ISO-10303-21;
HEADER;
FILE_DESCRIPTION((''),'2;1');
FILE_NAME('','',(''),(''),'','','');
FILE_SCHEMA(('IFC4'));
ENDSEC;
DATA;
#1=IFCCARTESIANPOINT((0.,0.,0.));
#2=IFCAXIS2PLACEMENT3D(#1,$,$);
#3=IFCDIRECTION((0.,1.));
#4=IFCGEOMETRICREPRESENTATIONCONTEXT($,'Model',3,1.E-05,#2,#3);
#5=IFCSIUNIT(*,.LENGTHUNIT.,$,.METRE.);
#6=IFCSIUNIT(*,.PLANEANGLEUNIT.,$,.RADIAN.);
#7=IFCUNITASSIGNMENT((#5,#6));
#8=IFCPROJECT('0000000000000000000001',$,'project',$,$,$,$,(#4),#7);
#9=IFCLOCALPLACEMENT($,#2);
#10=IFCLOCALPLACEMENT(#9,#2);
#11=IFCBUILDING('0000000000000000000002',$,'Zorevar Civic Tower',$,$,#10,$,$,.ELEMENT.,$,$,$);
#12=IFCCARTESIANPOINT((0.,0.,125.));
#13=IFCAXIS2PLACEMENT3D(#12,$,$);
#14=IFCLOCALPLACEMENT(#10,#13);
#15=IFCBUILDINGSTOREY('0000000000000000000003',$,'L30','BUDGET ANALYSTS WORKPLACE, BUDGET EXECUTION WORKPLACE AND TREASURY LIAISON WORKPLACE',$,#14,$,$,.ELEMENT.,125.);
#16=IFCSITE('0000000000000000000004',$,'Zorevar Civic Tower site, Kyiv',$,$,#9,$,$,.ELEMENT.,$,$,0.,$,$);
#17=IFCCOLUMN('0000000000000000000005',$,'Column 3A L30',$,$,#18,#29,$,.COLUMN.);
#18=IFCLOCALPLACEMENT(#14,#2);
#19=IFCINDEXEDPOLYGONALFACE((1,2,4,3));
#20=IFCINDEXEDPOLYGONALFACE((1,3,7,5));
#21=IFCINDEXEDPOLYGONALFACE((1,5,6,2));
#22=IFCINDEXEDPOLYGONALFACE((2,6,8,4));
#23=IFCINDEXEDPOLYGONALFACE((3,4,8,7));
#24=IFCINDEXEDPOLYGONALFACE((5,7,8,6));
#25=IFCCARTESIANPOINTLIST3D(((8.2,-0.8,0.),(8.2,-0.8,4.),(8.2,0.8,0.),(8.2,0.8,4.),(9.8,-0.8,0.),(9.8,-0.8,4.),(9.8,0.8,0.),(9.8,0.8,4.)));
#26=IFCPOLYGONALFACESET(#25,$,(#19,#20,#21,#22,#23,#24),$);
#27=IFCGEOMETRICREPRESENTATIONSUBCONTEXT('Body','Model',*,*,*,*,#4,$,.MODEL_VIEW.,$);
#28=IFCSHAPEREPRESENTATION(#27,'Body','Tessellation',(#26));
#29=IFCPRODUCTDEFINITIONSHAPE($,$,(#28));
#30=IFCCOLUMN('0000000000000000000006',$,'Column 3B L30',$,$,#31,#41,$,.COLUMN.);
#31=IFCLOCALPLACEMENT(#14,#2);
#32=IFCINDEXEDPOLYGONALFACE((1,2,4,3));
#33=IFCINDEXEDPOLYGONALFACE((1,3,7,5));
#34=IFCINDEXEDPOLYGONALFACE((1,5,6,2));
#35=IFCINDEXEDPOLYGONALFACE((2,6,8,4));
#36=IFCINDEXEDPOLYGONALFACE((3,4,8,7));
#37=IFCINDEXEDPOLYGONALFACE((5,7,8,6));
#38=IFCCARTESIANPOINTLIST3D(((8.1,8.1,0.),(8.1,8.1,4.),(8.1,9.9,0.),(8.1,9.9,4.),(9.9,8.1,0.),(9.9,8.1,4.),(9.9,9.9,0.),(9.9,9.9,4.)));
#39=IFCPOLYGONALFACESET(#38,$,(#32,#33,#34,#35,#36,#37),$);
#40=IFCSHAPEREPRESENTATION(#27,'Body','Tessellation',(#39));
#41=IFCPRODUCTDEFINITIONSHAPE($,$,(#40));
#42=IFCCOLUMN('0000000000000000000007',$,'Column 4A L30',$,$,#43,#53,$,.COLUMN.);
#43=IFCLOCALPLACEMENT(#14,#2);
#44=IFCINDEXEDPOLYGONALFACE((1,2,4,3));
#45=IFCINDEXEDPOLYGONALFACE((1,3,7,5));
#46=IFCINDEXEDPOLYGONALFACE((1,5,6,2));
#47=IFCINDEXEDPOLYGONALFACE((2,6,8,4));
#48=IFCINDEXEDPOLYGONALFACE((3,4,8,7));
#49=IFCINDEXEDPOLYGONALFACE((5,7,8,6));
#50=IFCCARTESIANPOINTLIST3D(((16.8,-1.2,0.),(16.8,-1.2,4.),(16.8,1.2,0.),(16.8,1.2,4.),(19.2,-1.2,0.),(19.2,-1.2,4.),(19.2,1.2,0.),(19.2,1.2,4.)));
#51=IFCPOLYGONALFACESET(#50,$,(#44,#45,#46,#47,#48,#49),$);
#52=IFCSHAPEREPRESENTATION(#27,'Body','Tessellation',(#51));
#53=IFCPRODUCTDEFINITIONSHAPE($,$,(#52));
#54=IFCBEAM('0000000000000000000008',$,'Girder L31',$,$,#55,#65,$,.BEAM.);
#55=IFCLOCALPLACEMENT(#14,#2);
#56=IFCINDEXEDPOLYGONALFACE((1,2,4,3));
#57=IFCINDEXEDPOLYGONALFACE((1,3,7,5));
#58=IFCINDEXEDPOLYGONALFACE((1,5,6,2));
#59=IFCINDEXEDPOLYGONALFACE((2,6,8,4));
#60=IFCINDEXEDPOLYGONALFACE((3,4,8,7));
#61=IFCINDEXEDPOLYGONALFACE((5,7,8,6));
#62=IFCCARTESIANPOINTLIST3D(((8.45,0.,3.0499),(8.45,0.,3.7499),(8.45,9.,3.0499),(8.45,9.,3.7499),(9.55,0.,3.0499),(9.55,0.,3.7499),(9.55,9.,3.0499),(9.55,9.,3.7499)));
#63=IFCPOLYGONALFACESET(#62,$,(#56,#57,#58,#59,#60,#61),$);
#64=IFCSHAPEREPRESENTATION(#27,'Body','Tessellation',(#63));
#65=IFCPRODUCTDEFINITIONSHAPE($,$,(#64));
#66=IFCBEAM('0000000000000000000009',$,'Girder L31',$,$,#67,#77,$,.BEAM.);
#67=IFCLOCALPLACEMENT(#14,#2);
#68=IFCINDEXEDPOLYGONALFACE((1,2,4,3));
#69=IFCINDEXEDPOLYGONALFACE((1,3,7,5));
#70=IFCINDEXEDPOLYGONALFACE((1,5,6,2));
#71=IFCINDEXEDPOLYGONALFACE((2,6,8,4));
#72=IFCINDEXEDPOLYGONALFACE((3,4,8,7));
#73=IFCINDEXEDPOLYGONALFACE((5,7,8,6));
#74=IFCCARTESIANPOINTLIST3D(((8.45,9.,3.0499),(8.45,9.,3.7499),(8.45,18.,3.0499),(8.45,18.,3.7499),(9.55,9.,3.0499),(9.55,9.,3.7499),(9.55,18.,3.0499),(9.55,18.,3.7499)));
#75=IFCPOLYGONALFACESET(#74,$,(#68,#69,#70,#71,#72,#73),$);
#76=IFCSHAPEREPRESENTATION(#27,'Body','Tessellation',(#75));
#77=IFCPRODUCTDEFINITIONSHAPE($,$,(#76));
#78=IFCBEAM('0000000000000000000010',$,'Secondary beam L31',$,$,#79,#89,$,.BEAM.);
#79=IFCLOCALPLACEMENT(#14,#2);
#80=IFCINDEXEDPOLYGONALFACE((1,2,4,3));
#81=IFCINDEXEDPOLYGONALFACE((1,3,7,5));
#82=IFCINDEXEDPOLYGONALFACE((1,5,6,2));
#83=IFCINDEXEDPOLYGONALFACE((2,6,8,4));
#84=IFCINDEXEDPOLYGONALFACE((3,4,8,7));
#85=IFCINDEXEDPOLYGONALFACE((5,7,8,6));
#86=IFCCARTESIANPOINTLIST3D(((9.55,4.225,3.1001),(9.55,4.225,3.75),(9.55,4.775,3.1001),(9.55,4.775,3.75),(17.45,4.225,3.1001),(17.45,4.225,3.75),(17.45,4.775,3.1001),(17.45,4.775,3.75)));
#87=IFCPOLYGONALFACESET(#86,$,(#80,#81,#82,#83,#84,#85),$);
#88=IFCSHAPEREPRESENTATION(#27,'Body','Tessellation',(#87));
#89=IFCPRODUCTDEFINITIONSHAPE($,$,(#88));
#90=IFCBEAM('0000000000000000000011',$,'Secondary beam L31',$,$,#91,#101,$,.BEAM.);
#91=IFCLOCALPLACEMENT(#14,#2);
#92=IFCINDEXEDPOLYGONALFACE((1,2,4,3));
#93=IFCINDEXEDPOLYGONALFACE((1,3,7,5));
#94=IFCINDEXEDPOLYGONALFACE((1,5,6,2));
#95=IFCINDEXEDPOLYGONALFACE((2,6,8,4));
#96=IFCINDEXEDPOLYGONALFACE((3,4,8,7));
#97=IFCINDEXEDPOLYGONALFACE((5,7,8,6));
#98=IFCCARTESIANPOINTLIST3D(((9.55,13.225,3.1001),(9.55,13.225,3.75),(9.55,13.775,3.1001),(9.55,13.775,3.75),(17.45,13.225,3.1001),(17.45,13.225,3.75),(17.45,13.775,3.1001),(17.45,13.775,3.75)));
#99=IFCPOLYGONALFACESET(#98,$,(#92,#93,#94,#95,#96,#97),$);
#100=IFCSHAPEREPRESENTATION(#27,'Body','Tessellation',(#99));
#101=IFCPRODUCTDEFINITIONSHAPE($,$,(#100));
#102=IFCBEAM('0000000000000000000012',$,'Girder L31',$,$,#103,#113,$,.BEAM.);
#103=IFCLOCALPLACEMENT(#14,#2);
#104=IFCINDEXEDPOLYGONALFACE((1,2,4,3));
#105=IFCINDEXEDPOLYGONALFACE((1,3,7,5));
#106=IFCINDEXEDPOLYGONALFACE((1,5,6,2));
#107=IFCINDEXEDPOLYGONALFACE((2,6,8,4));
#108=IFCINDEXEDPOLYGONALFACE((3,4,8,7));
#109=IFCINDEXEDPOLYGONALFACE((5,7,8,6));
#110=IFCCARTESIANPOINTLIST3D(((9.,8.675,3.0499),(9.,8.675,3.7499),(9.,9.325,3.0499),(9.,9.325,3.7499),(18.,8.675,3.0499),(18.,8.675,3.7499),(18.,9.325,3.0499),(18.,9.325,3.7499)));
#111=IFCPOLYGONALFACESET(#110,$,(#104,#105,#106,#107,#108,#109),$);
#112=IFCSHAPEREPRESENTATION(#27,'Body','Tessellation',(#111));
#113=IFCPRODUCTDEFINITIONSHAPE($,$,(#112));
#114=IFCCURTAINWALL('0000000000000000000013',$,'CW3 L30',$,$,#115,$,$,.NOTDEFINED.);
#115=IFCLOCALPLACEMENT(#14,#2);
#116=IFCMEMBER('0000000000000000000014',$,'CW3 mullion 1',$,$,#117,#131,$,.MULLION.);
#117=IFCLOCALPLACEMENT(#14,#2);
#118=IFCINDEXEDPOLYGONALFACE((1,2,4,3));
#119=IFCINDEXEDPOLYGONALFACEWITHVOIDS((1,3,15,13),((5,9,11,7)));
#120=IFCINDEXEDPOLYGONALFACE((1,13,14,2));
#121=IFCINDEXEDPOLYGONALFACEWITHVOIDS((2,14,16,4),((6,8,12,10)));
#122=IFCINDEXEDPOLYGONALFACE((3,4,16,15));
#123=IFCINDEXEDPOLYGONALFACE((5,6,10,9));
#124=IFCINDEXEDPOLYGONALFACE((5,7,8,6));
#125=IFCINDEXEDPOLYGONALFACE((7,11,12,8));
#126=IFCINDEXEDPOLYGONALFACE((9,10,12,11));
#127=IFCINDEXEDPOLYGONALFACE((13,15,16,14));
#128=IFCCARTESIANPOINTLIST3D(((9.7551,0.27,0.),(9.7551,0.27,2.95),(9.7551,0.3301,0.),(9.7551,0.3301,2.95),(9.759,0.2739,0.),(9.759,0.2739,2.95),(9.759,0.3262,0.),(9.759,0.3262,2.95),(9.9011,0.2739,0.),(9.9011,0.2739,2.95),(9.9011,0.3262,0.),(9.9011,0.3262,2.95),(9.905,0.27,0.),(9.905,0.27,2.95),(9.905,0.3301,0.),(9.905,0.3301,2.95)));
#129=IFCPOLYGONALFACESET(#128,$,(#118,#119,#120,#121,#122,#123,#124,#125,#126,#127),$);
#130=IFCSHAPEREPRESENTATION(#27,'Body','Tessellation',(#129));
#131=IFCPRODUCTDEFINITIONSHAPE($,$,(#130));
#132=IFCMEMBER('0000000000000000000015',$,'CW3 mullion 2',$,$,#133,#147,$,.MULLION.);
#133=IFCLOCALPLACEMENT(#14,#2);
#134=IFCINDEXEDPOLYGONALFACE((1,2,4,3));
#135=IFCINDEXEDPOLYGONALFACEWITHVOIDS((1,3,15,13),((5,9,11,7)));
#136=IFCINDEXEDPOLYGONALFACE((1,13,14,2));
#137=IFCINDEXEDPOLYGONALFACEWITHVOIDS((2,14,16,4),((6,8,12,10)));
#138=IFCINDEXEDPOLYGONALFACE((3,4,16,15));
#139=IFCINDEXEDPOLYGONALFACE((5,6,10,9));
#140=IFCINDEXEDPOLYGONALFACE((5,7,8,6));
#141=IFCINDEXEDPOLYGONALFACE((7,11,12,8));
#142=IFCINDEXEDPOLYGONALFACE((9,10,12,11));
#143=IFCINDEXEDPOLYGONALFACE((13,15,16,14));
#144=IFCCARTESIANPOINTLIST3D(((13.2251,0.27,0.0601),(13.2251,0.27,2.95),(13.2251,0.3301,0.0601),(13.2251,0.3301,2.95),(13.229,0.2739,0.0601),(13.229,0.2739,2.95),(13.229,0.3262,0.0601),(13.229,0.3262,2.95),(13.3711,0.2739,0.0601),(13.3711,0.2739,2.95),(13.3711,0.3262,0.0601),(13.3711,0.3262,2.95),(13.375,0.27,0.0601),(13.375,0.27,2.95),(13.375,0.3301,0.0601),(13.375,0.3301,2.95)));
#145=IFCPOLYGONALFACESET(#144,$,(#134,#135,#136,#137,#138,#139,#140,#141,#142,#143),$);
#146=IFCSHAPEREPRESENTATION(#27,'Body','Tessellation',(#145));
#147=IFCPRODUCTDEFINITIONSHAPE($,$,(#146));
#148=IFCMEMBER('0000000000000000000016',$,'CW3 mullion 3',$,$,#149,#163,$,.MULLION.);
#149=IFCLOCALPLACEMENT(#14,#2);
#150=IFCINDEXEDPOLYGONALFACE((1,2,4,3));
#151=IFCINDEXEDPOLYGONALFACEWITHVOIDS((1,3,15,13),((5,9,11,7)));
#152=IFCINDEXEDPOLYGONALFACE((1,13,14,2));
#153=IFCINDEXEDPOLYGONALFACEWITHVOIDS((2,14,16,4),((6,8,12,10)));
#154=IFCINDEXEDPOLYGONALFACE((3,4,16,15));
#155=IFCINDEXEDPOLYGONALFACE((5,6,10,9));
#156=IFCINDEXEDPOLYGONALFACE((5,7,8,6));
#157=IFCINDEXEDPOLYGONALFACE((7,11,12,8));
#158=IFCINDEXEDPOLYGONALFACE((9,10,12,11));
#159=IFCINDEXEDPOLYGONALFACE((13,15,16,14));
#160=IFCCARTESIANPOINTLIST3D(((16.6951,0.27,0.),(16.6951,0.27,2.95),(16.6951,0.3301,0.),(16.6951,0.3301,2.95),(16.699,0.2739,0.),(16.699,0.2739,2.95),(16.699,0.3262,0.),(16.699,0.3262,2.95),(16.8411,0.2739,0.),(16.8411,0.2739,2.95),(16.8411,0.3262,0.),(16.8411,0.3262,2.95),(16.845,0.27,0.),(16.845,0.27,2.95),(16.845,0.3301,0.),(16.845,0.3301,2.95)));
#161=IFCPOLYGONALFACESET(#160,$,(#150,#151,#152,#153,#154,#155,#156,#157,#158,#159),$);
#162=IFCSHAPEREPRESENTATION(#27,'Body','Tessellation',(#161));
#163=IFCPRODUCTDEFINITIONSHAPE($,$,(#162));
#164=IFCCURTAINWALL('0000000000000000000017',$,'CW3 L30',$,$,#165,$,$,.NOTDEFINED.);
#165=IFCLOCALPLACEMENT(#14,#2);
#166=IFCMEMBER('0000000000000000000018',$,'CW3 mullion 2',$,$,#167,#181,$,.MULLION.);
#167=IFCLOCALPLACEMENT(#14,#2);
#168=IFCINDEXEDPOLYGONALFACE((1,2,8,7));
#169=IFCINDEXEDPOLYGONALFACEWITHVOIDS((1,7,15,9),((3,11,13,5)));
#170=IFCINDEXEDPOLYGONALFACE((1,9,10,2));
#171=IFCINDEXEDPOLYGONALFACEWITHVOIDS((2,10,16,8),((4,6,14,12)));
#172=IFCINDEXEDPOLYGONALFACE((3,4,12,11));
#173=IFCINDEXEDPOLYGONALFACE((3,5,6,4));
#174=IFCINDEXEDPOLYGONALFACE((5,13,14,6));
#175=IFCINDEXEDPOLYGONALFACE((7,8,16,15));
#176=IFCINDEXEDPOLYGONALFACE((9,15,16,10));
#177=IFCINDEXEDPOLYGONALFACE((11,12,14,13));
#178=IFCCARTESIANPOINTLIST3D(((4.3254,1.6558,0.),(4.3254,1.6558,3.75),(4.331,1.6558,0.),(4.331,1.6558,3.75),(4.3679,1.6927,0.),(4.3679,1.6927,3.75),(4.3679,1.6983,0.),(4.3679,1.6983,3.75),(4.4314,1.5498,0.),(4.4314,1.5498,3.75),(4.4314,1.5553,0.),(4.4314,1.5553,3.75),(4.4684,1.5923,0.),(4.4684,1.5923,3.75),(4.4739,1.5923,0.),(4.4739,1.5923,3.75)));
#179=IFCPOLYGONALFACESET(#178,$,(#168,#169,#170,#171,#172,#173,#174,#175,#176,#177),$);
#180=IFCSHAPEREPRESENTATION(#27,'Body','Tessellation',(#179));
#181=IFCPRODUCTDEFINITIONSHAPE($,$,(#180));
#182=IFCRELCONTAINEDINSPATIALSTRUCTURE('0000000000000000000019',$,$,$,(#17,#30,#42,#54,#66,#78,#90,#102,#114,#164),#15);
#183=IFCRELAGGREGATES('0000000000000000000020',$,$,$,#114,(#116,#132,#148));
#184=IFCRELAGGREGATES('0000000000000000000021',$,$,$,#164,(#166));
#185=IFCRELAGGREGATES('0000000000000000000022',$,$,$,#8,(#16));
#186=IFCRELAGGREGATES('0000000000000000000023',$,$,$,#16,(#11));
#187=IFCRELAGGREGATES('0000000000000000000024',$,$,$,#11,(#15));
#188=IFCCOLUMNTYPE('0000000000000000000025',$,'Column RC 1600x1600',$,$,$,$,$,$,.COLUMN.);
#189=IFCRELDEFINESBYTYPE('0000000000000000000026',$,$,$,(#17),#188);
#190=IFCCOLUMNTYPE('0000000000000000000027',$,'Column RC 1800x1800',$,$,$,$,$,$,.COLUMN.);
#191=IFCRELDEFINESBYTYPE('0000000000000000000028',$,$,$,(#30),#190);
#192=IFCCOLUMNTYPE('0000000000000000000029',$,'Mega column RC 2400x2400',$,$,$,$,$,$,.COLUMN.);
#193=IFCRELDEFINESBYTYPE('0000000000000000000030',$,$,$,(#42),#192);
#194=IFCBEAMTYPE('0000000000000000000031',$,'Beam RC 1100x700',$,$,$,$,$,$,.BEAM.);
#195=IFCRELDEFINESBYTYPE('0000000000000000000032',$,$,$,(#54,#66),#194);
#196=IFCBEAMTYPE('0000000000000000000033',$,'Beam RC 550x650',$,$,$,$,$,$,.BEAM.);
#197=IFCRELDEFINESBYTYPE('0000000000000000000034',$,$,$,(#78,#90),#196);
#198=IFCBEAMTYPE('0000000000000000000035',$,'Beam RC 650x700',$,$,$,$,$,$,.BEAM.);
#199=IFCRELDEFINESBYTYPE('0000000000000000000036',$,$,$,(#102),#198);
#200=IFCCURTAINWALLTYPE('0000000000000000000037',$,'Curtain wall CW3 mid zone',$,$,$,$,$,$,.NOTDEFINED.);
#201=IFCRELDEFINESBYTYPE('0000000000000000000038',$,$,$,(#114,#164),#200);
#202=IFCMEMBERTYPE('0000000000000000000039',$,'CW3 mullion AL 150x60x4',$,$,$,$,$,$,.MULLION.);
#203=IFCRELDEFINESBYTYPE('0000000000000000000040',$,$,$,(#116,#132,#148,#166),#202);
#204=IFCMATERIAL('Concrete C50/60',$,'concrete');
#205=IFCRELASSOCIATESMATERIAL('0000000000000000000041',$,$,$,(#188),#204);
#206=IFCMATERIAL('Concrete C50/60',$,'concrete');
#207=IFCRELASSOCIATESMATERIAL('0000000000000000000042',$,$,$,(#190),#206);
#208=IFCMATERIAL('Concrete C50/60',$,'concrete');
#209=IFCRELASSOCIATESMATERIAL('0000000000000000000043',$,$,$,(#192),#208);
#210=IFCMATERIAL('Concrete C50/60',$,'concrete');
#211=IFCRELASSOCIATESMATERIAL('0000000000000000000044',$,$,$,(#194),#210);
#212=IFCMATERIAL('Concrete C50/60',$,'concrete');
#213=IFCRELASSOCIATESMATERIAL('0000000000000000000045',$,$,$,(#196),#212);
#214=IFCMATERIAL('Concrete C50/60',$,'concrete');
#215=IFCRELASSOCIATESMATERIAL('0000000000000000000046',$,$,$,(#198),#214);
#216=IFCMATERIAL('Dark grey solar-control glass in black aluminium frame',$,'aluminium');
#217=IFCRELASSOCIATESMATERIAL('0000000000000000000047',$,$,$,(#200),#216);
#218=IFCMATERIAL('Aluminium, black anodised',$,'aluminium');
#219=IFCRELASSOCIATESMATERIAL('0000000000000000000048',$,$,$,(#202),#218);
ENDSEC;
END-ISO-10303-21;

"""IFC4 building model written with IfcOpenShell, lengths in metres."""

from ifc_helpers import new_model, si_unit, direction, frame, origin, origin_2d, place, context, subcontext, project, spatial, rectangle, hollow_rectangle, extrude, material, material_profile, profile_set, type_object, element, aggregate, save


model = new_model("IFC4")

# Units and contexts
model_context = context("Model", 3, precision=1e-05, world=origin(), true_north=direction((0.0, 1.0)))
body_context = subcontext(model_context, "Body", "Model", "MODEL_VIEW")
ifc_project = project(units=[si_unit("LENGTHUNIT", "METRE"), si_unit("PLANEANGLEUNIT", "RADIAN")], contexts=[model_context])

# Site, building, storey
site_placement = place(None, origin())
site = spatial("IfcSite", under=ifc_project, at=site_placement, Name="Zorevar Civic Tower site, Kyiv", CompositionType="ELEMENT", RefElevation=0.0)
building_placement = place(site_placement, origin())
building = spatial("IfcBuilding", under=site, at=building_placement, Name="Zorevar Civic Tower", CompositionType="ELEMENT")
storey_placement = place(building_placement, frame((0.0, 0.0, 125.0)))
storey = spatial("IfcBuildingStorey", under=building, at=storey_placement, Name="L30", Description="BUDGET ANALYSTS WORKPLACE, BUDGET EXECUTION WORKPLACE AND TREASURY LIAISON WORKPLACE", CompositionType="ELEMENT", Elevation=125.0)

# Columns
ifc_material_1 = material(Name="Concrete C50/60", Category="concrete")
ifc_material_profile_1 = material_profile(ifc_material_1, rectangle(XDim=1.6001, YDim=1.6001, at=origin_2d()), Name="RC 1600x1600")
ifc_profile_set_1 = profile_set([ifc_material_profile_1], Name="Concrete C50/60")
column_type_1 = type_object("IfcColumnType", Name="Column RC 1600x1600", PredefinedType="COLUMN", material=ifc_profile_set_1)
column_1_placement = place(storey_placement, frame((9.0, 0.0, 0.0), z_axis=(0.0, 0.0, 1.0), x_axis=(1.0, 0.0, 0.0)))
element("IfcColumn", 1, at=column_1_placement, inside=storey, type_object=column_type_1, Name="Column 3A L30", PredefinedType="COLUMN", context=body_context, shape_type="SweptSolid", body=[
    extrude(rectangle(XDim=1.6001, YDim=1.6001, at=origin_2d()), origin(), (0.0, 0.0, 1.0), 4.0),
])
ifc_material_2 = material(Name="Concrete C50/60", Category="concrete")
ifc_material_profile_2 = material_profile(ifc_material_2, rectangle(XDim=1.8, YDim=1.8, at=origin_2d()), Name="RC 1800x1800")
ifc_profile_set_2 = profile_set([ifc_material_profile_2], Name="Concrete C50/60")
column_type_2 = type_object("IfcColumnType", Name="Column RC 1800x1800", PredefinedType="COLUMN", material=ifc_profile_set_2)
column_2_placement = place(storey_placement, frame((9.0, 9.0, 0.0), z_axis=(0.0, 0.0, 1.0), x_axis=(1.0, 0.0, 0.0)))
element("IfcColumn", 2, at=column_2_placement, inside=storey, type_object=column_type_2, Name="Column 3B L30", PredefinedType="COLUMN", context=body_context, shape_type="SweptSolid", body=[
    extrude(rectangle(XDim=1.8, YDim=1.8, at=origin_2d()), origin(), (0.0, 0.0, 1.0), 4.0),
])
ifc_material_3 = material(Name="Concrete C50/60", Category="concrete")
ifc_material_profile_3 = material_profile(ifc_material_3, rectangle(XDim=2.3999, YDim=2.3999, at=origin_2d()), Name="RC 2400x2400")
ifc_profile_set_3 = profile_set([ifc_material_profile_3], Name="Concrete C50/60")
column_type_3 = type_object("IfcColumnType", Name="Mega column RC 2400x2400", PredefinedType="COLUMN", material=ifc_profile_set_3)
column_3_placement = place(storey_placement, frame((18.0, 0.0, 0.0), z_axis=(0.0, 0.0, 1.0), x_axis=(1.0, 0.0, 0.0)))
element("IfcColumn", 3, at=column_3_placement, inside=storey, type_object=column_type_3, Name="Column 4A L30", PredefinedType="COLUMN", context=body_context, shape_type="SweptSolid", body=[
    extrude(rectangle(XDim=2.3999, YDim=2.3999, at=origin_2d()), origin(), (0.0, 0.0, 1.0), 4.0),
])

# Beams
ifc_material_4 = material(Name="Concrete C50/60", Category="concrete")
ifc_material_profile_4 = material_profile(ifc_material_4, rectangle(XDim=1.1001, YDim=0.7, at=origin_2d()), Name="RC 1100x700")
ifc_profile_set_4 = profile_set([ifc_material_profile_4], Name="Concrete C50/60")
beam_type_1 = type_object("IfcBeamType", Name="Beam RC 1100x700", PredefinedType="BEAM", material=ifc_profile_set_4)
for number, where, z_axis, x_axis, name in (
    (4, (9.0, 0.0, 3.3999), (0.0, 1.0, 0.0), (-1.0, 0.0, 0.0), "Girder L31"),
    (5, (9.0, 9.0, 3.3999), (0.0, 1.0, 0.0), (-1.0, 0.0, 0.0), "Girder L31"),
):
    element("IfcBeam", number, at=place(storey_placement, frame(where, z_axis=z_axis, x_axis=x_axis)), inside=storey, type_object=beam_type_1, Name=name, PredefinedType="BEAM", context=body_context, shape_type="SweptSolid", body=[
        extrude(rectangle(XDim=1.1001, YDim=0.7, at=origin_2d()), origin(), (0.0, 0.0, 1.0), 9.0),
    ])
ifc_material_5 = material(Name="Concrete C50/60", Category="concrete")
ifc_material_profile_5 = material_profile(ifc_material_5, rectangle(XDim=0.55, YDim=0.6499, at=origin_2d()), Name="RC 550x650")
ifc_profile_set_5 = profile_set([ifc_material_profile_5], Name="Concrete C50/60")
beam_type_2 = type_object("IfcBeamType", Name="Beam RC 550x650", PredefinedType="BEAM", material=ifc_profile_set_5)
for number, where, z_axis, x_axis, name in (
    (6, (9.55, 4.5, 3.425), (1.0, 0.0, 0.0), (0.0, 1.0, 0.0), "Secondary beam L31"),
    (7, (9.55, 13.5, 3.425), (1.0, 0.0, 0.0), (0.0, 1.0, 0.0), "Secondary beam L31"),
):
    element("IfcBeam", number, at=place(storey_placement, frame(where, z_axis=z_axis, x_axis=x_axis)), inside=storey, type_object=beam_type_2, Name=name, PredefinedType="BEAM", context=body_context, shape_type="SweptSolid", body=[
        extrude(rectangle(XDim=0.55, YDim=0.6499, at=origin_2d()), origin(), (0.0, 0.0, 1.0), 7.8999),
    ])
ifc_material_6 = material(Name="Concrete C50/60", Category="concrete")
ifc_material_profile_6 = material_profile(ifc_material_6, rectangle(XDim=0.6499, YDim=0.7, at=origin_2d()), Name="RC 650x700")
ifc_profile_set_6 = profile_set([ifc_material_profile_6], Name="Concrete C50/60")
beam_type_3 = type_object("IfcBeamType", Name="Beam RC 650x700", PredefinedType="BEAM", material=ifc_profile_set_6)
beam_1_placement = place(storey_placement, frame((9.0, 9.0, 3.3999), z_axis=(1.0, 0.0, 0.0), x_axis=(0.0, 1.0, 0.0)))
element("IfcBeam", 8, at=beam_1_placement, inside=storey, type_object=beam_type_3, Name="Girder L31", PredefinedType="BEAM", context=body_context, shape_type="SweptSolid", body=[
    extrude(rectangle(XDim=0.6499, YDim=0.7, at=origin_2d()), origin(), (0.0, 0.0, 1.0), 9.0),
])

# Curtain wall, members
ifc_material_7 = material(Name="Dark grey solar-control glass in black aluminium frame", Category="aluminium")
curtain_wall_type = type_object("IfcCurtainWallType", Name="Curtain wall CW3 mid zone", PredefinedType="NOTDEFINED", material=ifc_material_7)
curtain_wall_1_placement = place(storey_placement, origin())
curtain_wall_1 = element("IfcCurtainWall", 9, at=curtain_wall_1_placement, inside=storey, type_object=curtain_wall_type, Name="CW3 L30", PredefinedType="NOTDEFINED")
ifc_material_8 = material(Name="Aluminium, black anodised", Category="aluminium")
ifc_material_profile_7 = material_profile(ifc_material_8, hollow_rectangle(XDim=0.0601, YDim=0.1499, WallThickness=0.0039, at=origin_2d()), Name="AL 150x60x4")
ifc_profile_set_7 = profile_set([ifc_material_profile_7], Name="Aluminium, black anodised")
member_type_1 = type_object("IfcMemberType", Name="CW3 mullion AL 150x60x4", PredefinedType="MULLION", material=ifc_profile_set_7)
member_1_placement = place(storey_placement, frame((9.8301, 0.3, 0.0), z_axis=(0.0, 0.0, 1.0), x_axis=(0.0, 1.0, 0.0)))
member_1 = element("IfcMember", 10, at=member_1_placement, type_object=member_type_1, Name="CW3 mullion 1", PredefinedType="MULLION", context=body_context, shape_type="SweptSolid", body=[
    extrude(hollow_rectangle(XDim=0.0601, YDim=0.1499, WallThickness=0.0039, at=origin_2d()), origin(), (0.0, 0.0, 1.0), 2.95),
])
member_2_placement = place(storey_placement, frame((13.3, 0.3, 0.0601), z_axis=(0.0, 0.0, 1.0), x_axis=(0.0, 1.0, 0.0)))
member_2 = element("IfcMember", 11, at=member_2_placement, type_object=member_type_1, Name="CW3 mullion 2", PredefinedType="MULLION", context=body_context, shape_type="SweptSolid", body=[
    extrude(hollow_rectangle(XDim=0.0601, YDim=0.1499, WallThickness=0.0039, at=origin_2d()), origin(), (0.0, 0.0, 1.0), 2.8899),
])
member_3_placement = place(storey_placement, frame((16.77, 0.3, 0.0), z_axis=(0.0, 0.0, 1.0), x_axis=(0.0, 1.0, 0.0)))
member_3 = element("IfcMember", 12, at=member_3_placement, type_object=member_type_1, Name="CW3 mullion 3", PredefinedType="MULLION", context=body_context, shape_type="SweptSolid", body=[
    extrude(hollow_rectangle(XDim=0.0601, YDim=0.1499, WallThickness=0.0039, at=origin_2d()), origin(), (0.0, 0.0, 1.0), 2.95),
])

# Curtain wall, member
curtain_wall_2_placement = place(storey_placement, origin())
curtain_wall_2 = element("IfcCurtainWall", 13, at=curtain_wall_2_placement, inside=storey, type_object=curtain_wall_type, Name="CW3 L30", PredefinedType="NOTDEFINED")
member_4_placement = place(storey_placement, frame((4.3997, 1.624, 0.0), z_axis=(0.0, 0.0, 1.0), x_axis=(0.707107, 0.707107, 0.0)))
member_4 = element("IfcMember", 14, at=member_4_placement, type_object=member_type_1, Name="CW3 mullion 2", PredefinedType="MULLION", context=body_context, shape_type="SweptSolid", body=[
    extrude(hollow_rectangle(XDim=0.0601, YDim=0.1499, WallThickness=0.0039, at=origin_2d()), origin(), (0.0, 0.0, 1.0), 3.75),
])

aggregate(curtain_wall_1, [member_1, member_2, member_3])
aggregate(curtain_wall_2, [member_4])

save(model, "model.ifc")
